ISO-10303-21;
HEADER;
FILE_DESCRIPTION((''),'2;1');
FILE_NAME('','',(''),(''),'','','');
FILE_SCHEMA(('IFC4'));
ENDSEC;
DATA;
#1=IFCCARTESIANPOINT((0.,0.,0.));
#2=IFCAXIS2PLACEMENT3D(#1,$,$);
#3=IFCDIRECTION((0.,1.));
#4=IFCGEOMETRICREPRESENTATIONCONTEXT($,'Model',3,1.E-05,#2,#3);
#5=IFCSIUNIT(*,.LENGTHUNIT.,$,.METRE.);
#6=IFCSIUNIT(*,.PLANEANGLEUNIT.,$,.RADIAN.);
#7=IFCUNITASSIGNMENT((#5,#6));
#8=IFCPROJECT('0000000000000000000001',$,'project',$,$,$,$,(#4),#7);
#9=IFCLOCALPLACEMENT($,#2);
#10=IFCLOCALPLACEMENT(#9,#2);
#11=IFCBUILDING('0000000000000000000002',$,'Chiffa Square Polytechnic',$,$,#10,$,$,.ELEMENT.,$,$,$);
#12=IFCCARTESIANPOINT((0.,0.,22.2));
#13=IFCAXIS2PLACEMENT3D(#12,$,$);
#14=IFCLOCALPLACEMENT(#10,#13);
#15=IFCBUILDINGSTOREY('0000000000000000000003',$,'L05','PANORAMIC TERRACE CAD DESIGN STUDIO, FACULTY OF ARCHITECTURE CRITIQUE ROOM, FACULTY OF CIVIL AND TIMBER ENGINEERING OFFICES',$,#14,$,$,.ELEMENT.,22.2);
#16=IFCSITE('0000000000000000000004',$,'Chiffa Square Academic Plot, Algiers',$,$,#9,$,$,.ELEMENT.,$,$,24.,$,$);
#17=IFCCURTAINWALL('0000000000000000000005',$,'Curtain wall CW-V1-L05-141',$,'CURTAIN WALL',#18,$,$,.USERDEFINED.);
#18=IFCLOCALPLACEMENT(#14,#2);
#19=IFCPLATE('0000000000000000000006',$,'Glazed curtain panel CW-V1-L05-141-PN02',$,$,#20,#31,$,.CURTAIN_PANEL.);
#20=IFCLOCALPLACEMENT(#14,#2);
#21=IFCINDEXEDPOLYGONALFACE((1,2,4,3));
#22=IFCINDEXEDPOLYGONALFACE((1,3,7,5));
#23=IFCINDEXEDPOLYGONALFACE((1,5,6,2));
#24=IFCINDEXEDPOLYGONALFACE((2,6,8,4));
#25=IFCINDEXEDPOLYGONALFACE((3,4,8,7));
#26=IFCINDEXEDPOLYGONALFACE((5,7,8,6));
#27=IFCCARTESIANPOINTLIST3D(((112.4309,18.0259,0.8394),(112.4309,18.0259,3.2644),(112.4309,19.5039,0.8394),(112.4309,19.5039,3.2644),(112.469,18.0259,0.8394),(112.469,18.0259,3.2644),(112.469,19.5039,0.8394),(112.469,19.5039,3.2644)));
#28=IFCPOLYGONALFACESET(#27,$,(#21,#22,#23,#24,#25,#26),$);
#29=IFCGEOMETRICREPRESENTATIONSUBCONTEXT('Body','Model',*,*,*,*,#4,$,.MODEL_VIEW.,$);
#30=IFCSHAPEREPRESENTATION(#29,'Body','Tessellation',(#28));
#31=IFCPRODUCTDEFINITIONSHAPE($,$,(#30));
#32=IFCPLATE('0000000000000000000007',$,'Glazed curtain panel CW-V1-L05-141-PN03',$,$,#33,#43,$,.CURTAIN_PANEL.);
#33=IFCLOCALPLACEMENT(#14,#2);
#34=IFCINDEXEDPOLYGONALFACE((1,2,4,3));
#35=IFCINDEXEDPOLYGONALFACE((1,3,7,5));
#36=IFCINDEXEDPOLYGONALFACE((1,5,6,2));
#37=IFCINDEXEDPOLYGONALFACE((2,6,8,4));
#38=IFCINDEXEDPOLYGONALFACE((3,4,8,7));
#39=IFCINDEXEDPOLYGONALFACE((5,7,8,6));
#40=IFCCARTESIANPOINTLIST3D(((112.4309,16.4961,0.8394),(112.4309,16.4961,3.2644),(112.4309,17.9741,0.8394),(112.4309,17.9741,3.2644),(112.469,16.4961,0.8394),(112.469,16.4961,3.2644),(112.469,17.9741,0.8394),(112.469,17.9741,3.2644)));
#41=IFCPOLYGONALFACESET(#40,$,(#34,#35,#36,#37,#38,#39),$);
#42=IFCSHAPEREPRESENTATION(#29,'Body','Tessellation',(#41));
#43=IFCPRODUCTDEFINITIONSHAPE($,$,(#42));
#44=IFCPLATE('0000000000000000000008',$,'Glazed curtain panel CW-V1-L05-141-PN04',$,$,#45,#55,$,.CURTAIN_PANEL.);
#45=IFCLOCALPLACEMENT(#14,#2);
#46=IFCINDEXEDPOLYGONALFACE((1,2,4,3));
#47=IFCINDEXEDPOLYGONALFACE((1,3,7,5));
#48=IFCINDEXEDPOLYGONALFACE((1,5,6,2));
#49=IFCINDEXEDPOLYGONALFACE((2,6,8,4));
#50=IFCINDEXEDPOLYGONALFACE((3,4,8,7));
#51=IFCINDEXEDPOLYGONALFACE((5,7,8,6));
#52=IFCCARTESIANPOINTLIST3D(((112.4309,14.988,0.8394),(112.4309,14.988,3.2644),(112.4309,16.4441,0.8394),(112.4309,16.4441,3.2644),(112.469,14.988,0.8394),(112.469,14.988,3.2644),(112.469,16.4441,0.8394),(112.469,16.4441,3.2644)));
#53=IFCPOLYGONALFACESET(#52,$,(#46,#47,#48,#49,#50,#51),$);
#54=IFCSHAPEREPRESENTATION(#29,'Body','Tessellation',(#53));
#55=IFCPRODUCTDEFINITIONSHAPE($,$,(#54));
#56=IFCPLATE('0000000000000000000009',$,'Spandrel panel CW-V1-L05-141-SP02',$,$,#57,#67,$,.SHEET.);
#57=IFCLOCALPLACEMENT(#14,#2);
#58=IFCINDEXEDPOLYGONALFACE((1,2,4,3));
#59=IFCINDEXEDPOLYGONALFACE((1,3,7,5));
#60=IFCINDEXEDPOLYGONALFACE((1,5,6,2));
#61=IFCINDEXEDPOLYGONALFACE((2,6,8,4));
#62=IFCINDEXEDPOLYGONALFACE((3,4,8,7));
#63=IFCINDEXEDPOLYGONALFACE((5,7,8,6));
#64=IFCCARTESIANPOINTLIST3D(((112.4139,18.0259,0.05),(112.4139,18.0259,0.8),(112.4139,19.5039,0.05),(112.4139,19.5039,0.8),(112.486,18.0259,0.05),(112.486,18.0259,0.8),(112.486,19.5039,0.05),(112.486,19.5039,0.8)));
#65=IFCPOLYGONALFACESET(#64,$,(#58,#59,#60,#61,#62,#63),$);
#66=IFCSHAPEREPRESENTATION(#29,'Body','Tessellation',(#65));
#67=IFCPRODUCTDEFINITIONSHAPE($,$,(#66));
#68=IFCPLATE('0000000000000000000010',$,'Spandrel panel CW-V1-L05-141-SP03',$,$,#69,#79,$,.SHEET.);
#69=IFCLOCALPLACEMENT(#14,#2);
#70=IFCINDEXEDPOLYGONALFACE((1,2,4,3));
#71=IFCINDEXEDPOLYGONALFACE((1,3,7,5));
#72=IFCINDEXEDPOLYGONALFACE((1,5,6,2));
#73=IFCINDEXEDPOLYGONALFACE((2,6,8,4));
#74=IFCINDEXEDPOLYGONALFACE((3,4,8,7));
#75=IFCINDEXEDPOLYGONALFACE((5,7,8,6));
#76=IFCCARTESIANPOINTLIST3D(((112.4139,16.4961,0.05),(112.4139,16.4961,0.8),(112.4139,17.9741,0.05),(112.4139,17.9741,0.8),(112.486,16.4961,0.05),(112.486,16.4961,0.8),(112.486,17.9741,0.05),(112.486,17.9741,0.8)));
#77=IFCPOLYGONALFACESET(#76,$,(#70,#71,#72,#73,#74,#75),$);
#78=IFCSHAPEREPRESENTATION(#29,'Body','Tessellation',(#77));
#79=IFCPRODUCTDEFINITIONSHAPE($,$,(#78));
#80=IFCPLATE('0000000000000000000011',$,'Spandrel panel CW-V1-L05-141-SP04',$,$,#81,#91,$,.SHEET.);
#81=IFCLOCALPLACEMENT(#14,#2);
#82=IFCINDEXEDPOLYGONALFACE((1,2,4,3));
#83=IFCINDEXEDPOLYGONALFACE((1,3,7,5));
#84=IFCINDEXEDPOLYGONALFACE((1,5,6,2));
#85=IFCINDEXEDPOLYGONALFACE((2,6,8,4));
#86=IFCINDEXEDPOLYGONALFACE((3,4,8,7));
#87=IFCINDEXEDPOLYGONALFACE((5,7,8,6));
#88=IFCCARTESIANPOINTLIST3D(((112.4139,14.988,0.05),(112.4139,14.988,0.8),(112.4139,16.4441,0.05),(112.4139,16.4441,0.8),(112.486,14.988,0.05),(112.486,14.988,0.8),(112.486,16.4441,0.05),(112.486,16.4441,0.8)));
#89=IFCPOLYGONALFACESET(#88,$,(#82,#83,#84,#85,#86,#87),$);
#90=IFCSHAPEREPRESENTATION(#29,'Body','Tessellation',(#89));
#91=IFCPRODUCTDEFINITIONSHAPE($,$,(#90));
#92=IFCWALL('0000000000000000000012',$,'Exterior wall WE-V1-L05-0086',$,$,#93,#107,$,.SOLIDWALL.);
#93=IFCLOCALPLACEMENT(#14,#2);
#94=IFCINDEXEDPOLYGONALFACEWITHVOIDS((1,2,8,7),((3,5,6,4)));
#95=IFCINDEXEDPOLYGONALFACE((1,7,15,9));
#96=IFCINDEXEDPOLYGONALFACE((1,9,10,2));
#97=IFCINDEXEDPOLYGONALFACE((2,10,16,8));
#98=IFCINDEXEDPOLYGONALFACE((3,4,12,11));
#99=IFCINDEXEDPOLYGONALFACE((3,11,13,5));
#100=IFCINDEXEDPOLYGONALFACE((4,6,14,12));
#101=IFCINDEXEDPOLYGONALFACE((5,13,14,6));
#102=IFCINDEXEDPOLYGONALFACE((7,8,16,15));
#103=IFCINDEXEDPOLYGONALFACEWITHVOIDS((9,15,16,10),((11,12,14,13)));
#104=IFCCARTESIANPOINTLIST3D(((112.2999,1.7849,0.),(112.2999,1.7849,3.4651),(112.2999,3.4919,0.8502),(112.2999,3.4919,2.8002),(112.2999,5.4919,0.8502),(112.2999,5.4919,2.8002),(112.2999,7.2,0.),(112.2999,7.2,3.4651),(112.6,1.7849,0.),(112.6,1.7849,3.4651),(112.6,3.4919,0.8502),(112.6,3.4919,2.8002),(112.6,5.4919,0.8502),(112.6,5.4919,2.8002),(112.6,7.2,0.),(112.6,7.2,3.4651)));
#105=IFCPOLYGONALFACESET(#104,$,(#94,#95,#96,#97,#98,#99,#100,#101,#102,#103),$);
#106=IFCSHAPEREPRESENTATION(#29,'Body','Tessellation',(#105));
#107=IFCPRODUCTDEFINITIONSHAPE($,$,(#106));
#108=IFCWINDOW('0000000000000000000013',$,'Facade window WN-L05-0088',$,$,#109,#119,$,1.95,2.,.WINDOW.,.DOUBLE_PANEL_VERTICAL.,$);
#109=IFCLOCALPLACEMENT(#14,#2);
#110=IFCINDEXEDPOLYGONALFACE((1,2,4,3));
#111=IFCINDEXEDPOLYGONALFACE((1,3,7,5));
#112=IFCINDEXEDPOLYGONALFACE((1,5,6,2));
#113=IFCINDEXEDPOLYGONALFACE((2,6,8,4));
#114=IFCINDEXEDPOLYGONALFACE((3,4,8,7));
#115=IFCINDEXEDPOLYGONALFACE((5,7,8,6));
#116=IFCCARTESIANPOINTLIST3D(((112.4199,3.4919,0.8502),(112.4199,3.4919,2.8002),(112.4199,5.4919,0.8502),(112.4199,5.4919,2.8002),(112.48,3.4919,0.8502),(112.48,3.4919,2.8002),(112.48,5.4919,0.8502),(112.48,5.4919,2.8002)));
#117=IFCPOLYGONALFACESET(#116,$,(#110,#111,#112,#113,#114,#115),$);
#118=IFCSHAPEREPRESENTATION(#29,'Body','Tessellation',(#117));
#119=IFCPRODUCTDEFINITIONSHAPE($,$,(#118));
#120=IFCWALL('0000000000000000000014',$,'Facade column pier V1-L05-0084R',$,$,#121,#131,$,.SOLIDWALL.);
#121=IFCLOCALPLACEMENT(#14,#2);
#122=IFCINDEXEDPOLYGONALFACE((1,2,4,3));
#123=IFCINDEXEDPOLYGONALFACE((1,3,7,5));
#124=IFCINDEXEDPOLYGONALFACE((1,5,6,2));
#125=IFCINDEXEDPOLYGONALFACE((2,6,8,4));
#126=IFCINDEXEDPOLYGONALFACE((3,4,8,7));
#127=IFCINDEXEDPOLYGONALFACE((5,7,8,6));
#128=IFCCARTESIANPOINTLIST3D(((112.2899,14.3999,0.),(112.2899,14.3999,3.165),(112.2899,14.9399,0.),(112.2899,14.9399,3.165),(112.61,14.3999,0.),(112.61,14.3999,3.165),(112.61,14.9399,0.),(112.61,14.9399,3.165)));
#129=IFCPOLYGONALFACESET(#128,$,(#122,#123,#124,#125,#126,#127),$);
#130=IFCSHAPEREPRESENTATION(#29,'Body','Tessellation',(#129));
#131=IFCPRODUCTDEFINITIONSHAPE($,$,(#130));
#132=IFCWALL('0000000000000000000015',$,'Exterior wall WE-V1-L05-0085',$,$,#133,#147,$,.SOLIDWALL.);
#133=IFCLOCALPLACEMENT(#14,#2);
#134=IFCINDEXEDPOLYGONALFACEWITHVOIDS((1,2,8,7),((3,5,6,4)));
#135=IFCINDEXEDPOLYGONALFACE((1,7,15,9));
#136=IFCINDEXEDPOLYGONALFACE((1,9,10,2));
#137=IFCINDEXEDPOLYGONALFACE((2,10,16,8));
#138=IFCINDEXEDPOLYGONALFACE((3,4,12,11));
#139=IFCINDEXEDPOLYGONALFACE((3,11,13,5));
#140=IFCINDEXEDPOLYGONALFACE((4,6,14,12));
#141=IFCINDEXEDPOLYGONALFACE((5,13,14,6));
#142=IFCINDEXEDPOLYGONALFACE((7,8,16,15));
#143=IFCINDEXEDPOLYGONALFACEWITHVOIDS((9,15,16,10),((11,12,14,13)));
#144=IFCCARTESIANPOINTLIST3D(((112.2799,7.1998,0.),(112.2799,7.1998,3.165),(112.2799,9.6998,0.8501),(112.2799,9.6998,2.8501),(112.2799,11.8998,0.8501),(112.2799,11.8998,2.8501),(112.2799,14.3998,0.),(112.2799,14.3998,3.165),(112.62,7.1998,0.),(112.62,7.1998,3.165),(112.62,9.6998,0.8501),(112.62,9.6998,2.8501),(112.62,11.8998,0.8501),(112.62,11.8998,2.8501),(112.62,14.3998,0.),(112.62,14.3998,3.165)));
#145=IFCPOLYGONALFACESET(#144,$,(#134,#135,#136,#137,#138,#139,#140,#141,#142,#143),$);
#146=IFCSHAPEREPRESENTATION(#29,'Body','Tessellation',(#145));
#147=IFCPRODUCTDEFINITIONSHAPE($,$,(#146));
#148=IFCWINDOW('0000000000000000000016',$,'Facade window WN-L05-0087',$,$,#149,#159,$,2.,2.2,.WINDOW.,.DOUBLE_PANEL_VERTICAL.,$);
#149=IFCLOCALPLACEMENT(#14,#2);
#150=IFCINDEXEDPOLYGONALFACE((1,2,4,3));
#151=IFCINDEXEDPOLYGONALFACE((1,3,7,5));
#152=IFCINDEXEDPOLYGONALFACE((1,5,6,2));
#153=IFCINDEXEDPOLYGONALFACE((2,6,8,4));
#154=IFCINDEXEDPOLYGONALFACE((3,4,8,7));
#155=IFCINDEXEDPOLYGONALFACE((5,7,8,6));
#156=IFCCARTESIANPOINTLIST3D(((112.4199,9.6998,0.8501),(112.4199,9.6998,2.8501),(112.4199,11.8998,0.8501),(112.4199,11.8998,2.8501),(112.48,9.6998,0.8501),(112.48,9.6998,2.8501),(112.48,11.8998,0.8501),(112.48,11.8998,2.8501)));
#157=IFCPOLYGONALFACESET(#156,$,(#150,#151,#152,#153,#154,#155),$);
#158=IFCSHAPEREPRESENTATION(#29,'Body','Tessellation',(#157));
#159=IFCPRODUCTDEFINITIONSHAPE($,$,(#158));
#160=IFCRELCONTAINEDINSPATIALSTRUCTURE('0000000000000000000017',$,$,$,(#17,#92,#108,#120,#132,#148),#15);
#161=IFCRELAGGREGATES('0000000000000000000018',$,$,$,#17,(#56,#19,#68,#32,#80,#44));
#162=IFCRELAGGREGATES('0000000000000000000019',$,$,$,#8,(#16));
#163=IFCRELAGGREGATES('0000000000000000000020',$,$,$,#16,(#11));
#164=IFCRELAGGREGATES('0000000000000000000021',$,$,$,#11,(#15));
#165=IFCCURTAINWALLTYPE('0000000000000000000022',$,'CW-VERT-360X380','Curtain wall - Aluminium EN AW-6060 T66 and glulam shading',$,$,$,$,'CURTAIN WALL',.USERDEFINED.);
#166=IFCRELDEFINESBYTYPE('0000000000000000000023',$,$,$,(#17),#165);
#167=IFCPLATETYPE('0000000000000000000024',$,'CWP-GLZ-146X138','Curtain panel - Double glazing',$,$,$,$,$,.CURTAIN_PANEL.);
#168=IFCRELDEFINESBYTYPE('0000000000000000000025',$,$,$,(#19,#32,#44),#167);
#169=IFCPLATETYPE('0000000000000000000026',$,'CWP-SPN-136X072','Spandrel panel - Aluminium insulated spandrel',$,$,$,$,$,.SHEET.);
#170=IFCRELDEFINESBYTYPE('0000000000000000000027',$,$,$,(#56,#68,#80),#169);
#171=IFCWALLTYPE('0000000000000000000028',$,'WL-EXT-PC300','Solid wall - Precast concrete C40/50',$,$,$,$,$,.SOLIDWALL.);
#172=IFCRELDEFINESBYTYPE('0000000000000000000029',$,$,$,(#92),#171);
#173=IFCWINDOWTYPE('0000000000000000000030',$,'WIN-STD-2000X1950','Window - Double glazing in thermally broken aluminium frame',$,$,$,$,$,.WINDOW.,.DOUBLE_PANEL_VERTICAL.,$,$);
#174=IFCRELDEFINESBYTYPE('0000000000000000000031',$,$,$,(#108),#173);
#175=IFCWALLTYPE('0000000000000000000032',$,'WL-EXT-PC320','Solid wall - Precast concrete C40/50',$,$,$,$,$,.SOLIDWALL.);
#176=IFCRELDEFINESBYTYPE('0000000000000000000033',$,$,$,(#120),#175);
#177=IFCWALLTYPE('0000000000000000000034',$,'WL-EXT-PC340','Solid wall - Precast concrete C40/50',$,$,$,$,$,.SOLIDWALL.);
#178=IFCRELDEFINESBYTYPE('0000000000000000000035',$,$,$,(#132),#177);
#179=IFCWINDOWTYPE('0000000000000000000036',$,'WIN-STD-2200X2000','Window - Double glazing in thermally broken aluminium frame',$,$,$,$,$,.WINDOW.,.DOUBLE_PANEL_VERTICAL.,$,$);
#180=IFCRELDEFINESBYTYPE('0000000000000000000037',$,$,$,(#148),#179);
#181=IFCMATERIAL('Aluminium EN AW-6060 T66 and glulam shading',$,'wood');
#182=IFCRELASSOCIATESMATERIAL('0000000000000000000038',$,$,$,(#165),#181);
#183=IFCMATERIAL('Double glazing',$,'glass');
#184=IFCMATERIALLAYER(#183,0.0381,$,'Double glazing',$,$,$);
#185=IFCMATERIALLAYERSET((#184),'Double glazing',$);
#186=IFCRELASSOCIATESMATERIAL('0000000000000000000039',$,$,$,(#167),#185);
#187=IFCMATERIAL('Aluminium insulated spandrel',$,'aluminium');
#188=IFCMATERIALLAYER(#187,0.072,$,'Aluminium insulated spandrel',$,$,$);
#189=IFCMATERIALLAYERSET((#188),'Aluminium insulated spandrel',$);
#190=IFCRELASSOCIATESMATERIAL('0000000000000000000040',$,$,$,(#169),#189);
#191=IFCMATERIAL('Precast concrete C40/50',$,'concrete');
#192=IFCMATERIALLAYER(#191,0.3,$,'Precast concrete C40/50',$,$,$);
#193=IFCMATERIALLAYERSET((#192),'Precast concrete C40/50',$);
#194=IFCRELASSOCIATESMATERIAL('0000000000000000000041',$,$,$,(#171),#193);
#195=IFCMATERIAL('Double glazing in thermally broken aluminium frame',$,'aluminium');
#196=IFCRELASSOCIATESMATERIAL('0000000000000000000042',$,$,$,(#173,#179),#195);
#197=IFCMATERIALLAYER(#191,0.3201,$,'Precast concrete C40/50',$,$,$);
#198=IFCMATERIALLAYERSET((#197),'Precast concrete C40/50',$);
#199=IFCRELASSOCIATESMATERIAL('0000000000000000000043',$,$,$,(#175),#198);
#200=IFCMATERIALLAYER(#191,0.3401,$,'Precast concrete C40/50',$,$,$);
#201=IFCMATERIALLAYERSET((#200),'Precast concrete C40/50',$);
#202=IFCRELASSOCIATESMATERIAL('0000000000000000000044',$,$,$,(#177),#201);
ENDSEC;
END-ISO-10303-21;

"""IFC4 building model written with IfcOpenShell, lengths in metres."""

from ifc_helpers import new_model, si_unit, direction, frame, frame_2d, origin, origin_2d, place, context, subcontext, project, spatial, rectangle, extrude, material, layer, layer_set, type_object, element, fill, aggregate, save


model = new_model("IFC4")

# Units and contexts
model_context = context("Model", 3, precision=1e-05, world=origin(), true_north=direction((0.0, 1.0)))
body_context = subcontext(model_context, "Body", "Model", "MODEL_VIEW")
ifc_project = project(units=[si_unit("LENGTHUNIT", "METRE"), si_unit("PLANEANGLEUNIT", "RADIAN")], contexts=[model_context])

# Site, building, storey
site_placement = place(None, origin())
site = spatial("IfcSite", under=ifc_project, at=site_placement, Name="Chiffa Square Academic Plot, Algiers", CompositionType="ELEMENT", RefElevation=24.0)
building_placement = place(site_placement, origin())
building = spatial("IfcBuilding", under=site, at=building_placement, Name="Chiffa Square Polytechnic", CompositionType="ELEMENT")
storey_placement = place(building_placement, frame((0.0, 0.0, 22.2)))
storey = spatial("IfcBuildingStorey", under=building, at=storey_placement, Name="L05", Description="PANORAMIC TERRACE CAD DESIGN STUDIO, FACULTY OF ARCHITECTURE CRITIQUE ROOM, FACULTY OF CIVIL AND TIMBER ENGINEERING OFFICES", CompositionType="ELEMENT", Elevation=22.2)

# Curtain wall, plates
ifc_material_1 = material(Name="Aluminium EN AW-6060 T66 and glulam shading", Category="wood")
curtain_wall_type = type_object("IfcCurtainWallType", Name="CW-VERT-360X380", Description="Curtain wall - Aluminium EN AW-6060 T66 and glulam shading", ElementType="CURTAIN WALL", PredefinedType="USERDEFINED", material=ifc_material_1)
curtain_wall_placement = place(storey_placement, origin())
curtain_wall = element("IfcCurtainWall", 1, at=curtain_wall_placement, inside=storey, type_object=curtain_wall_type, Name="Curtain wall CW-V1-L05-141", ObjectType="CURTAIN WALL", PredefinedType="USERDEFINED")
ifc_material_2 = material(Name="Double glazing", Category="glass")
ifc_layer_1 = layer(ifc_material_2, 0.0381, Name="Double glazing")
ifc_layer_set_1 = layer_set([ifc_layer_1], Name="Double glazing")
plate_type_1 = type_object("IfcPlateType", Name="CWP-GLZ-146X138", Description="Curtain panel - Double glazing", PredefinedType="CURTAIN_PANEL", material=ifc_layer_set_1)
plate_1_placement = place(storey_placement, frame((112.45, 18.7649, 0.8394), z_axis=(0.0, 0.0, 1.0), x_axis=(0.0, -1.0, 0.0)))
plate_1 = element("IfcPlate", 2, at=plate_1_placement, type_object=plate_type_1, Name="Glazed curtain panel CW-V1-L05-141-PN02", PredefinedType="CURTAIN_PANEL", context=body_context, shape_type="SweptSolid", body=[
    extrude(rectangle(XDim=1.478, YDim=0.0381, at=origin_2d()), origin(), (0.0, 0.0, 1.0), 2.425),
])
plate_2_placement = place(storey_placement, frame((112.45, 17.2351, 0.8394), z_axis=(0.0, 0.0, 1.0), x_axis=(0.0, -1.0, 0.0)))
plate_2 = element("IfcPlate", 3, at=plate_2_placement, type_object=plate_type_1, Name="Glazed curtain panel CW-V1-L05-141-PN03", PredefinedType="CURTAIN_PANEL", context=body_context, shape_type="SweptSolid", body=[
    extrude(rectangle(XDim=1.478, YDim=0.0381, at=origin_2d()), origin(), (0.0, 0.0, 1.0), 2.425),
])
plate_3_placement = place(storey_placement, frame((112.45, 15.7161, 0.8394), z_axis=(0.0, 0.0, 1.0), x_axis=(0.0, -1.0, 0.0)))
plate_3 = element("IfcPlate", 4, at=plate_3_placement, type_object=plate_type_1, Name="Glazed curtain panel CW-V1-L05-141-PN04", PredefinedType="CURTAIN_PANEL", context=body_context, shape_type="SweptSolid", body=[
    extrude(rectangle(XDim=1.4561, YDim=0.0381, at=origin_2d()), origin(), (0.0, 0.0, 1.0), 2.425),
])
ifc_material_3 = material(Name="Aluminium insulated spandrel", Category="aluminium")
ifc_layer_2 = layer(ifc_material_3, 0.072, Name="Aluminium insulated spandrel")
ifc_layer_set_2 = layer_set([ifc_layer_2], Name="Aluminium insulated spandrel")
plate_type_2 = type_object("IfcPlateType", Name="CWP-SPN-136X072", Description="Spandrel panel - Aluminium insulated spandrel", PredefinedType="SHEET", material=ifc_layer_set_2)
plate_4_placement = place(storey_placement, frame((112.45, 18.7649, 0.05), z_axis=(0.0, 0.0, 1.0), x_axis=(0.0, -1.0, 0.0)))
plate_4 = element("IfcPlate", 5, at=plate_4_placement, type_object=plate_type_2, Name="Spandrel panel CW-V1-L05-141-SP02", PredefinedType="SHEET", context=body_context, shape_type="SweptSolid", body=[
    extrude(rectangle(XDim=1.478, YDim=0.072, at=origin_2d()), origin(), (0.0, 0.0, 1.0), 0.75),
])
plate_5_placement = place(storey_placement, frame((112.45, 17.2351, 0.05), z_axis=(0.0, 0.0, 1.0), x_axis=(0.0, -1.0, 0.0)))
plate_5 = element("IfcPlate", 6, at=plate_5_placement, type_object=plate_type_2, Name="Spandrel panel CW-V1-L05-141-SP03", PredefinedType="SHEET", context=body_context, shape_type="SweptSolid", body=[
    extrude(rectangle(XDim=1.478, YDim=0.072, at=origin_2d()), origin(), (0.0, 0.0, 1.0), 0.75),
])
plate_6_placement = place(storey_placement, frame((112.45, 15.7161, 0.05), z_axis=(0.0, 0.0, 1.0), x_axis=(0.0, -1.0, 0.0)))
plate_6 = element("IfcPlate", 7, at=plate_6_placement, type_object=plate_type_2, Name="Spandrel panel CW-V1-L05-141-SP04", PredefinedType="SHEET", context=body_context, shape_type="SweptSolid", body=[
    extrude(rectangle(XDim=1.4561, YDim=0.072, at=origin_2d()), origin(), (0.0, 0.0, 1.0), 0.75),
])
aggregate(curtain_wall, [plate_4, plate_1, plate_5, plate_2, plate_6, plate_3])

# Wall, opening, window
ifc_material_4 = material(Name="Precast concrete C40/50", Category="concrete")
ifc_layer_3 = layer(ifc_material_4, 0.3, Name="Precast concrete C40/50")
ifc_layer_set_3 = layer_set([ifc_layer_3], Name="Precast concrete C40/50")
wall_type_1 = type_object("IfcWallType", Name="WL-EXT-PC300", Description="Solid wall - Precast concrete C40/50", PredefinedType="SOLIDWALL", material=ifc_layer_set_3)
wall_1_placement = place(storey_placement, frame((112.45, 7.2, 0.0), z_axis=(0.0, 0.0, 1.0), x_axis=(0.0, -1.0, 0.0)))
wall_1 = element("IfcWall", 8, at=wall_1_placement, inside=storey, type_object=wall_type_1, Name="Exterior wall WE-V1-L05-0086", PredefinedType="SOLIDWALL", context=body_context, shape_type="SweptSolid", body=[
    extrude(rectangle(XDim=5.415, YDim=0.3, at=frame_2d((2.7075, 0.0))), origin(), (0.0, 0.0, 1.0), 3.4651),
])
opening_1_placement = place(wall_1_placement, frame((1.708, 0.0, 0.8501)))
opening_1 = element("IfcOpeningElement", 9, at=opening_1_placement, cuts=wall_1, PredefinedType="OPENING", context=body_context, shape_type="SweptSolid", body=[
    extrude(rectangle(XDim=2.0, YDim=1.95, at=frame_2d((1.0, 0.9751))), frame((0.0, 0.1602, 0.0), z_axis=(0.0, -1.0, 0.0), x_axis=(1.0, 0.0, 0.0)), (0.0, 0.0, 1.0), 0.3201),
])
ifc_material_5 = material(Name="Double glazing in thermally broken aluminium frame", Category="aluminium")
window_type_1 = type_object("IfcWindowType", Name="WIN-STD-2000X1950", Description="Window - Double glazing in thermally broken aluminium frame", PartitioningType="DOUBLE_PANEL_VERTICAL", PredefinedType="WINDOW", material=ifc_material_5)
window_1_placement = place(opening_1_placement, origin())
window_1 = element("IfcWindow", 10, at=window_1_placement, inside=storey, type_object=window_type_1, Name="Facade window WN-L05-0088", OverallHeight=1.95, OverallWidth=2.0, PartitioningType="DOUBLE_PANEL_VERTICAL", PredefinedType="WINDOW", context=body_context, shape_type="SweptSolid", body=[
    extrude(rectangle(XDim=2.0, YDim=1.95, at=frame_2d((1.0, 0.9751))), frame((0.0, 0.03, 0.0), z_axis=(0.0, -1.0, 0.0), x_axis=(1.0, 0.0, 0.0)), (0.0, 0.0, 1.0), 0.0601),
])
fill(opening_1, window_1)

# Wall
ifc_layer_4 = layer(ifc_material_4, 0.3201, Name="Precast concrete C40/50")
ifc_layer_set_4 = layer_set([ifc_layer_4], Name="Precast concrete C40/50")
wall_type_2 = type_object("IfcWallType", Name="WL-EXT-PC320", Description="Solid wall - Precast concrete C40/50", PredefinedType="SOLIDWALL", material=ifc_layer_set_4)
wall_2_placement = place(storey_placement, frame((112.45, 14.9399, 0.0), z_axis=(0.0, 0.0, 1.0), x_axis=(0.0, -1.0, 0.0)))
element("IfcWall", 11, at=wall_2_placement, inside=storey, type_object=wall_type_2, Name="Facade column pier V1-L05-0084R", PredefinedType="SOLIDWALL", context=body_context, shape_type="SweptSolid", body=[
    extrude(rectangle(XDim=0.54, YDim=0.3201, at=frame_2d((0.27, 0.0))), origin(), (0.0, 0.0, 1.0), 3.165),
])

# Wall, opening, window
ifc_layer_5 = layer(ifc_material_4, 0.3401, Name="Precast concrete C40/50")
ifc_layer_set_5 = layer_set([ifc_layer_5], Name="Precast concrete C40/50")
wall_type_3 = type_object("IfcWallType", Name="WL-EXT-PC340", Description="Solid wall - Precast concrete C40/50", PredefinedType="SOLIDWALL", material=ifc_layer_set_5)
wall_3_placement = place(storey_placement, frame((112.45, 14.3999, 0.0), z_axis=(0.0, 0.0, 1.0), x_axis=(0.0, -1.0, 0.0)))
wall_3 = element("IfcWall", 12, at=wall_3_placement, inside=storey, type_object=wall_type_3, Name="Exterior wall WE-V1-L05-0085", PredefinedType="SOLIDWALL", context=body_context, shape_type="SweptSolid", body=[
    extrude(rectangle(XDim=7.2, YDim=0.3401, at=frame_2d((3.6001, 0.0))), origin(), (0.0, 0.0, 1.0), 3.165),
])
opening_2_placement = place(wall_3_placement, frame((2.5, 0.0, 0.8501)))
opening_2 = element("IfcOpeningElement", 13, at=opening_2_placement, cuts=wall_3, PredefinedType="OPENING", context=body_context, shape_type="SweptSolid", body=[
    extrude(rectangle(XDim=2.2, YDim=2.0, at=frame_2d((1.1001, 1.0))), frame((0.0, 0.1802, 0.0), z_axis=(0.0, -1.0, 0.0), x_axis=(1.0, 0.0, 0.0)), (0.0, 0.0, 1.0), 0.3601),
])
window_type_2 = type_object("IfcWindowType", Name="WIN-STD-2200X2000", Description="Window - Double glazing in thermally broken aluminium frame", PartitioningType="DOUBLE_PANEL_VERTICAL", PredefinedType="WINDOW", material=ifc_material_5)
window_2_placement = place(opening_2_placement, origin())
window_2 = element("IfcWindow", 14, at=window_2_placement, inside=storey, type_object=window_type_2, Name="Facade window WN-L05-0087", OverallHeight=2.0, OverallWidth=2.2, PartitioningType="DOUBLE_PANEL_VERTICAL", PredefinedType="WINDOW", context=body_context, shape_type="SweptSolid", body=[
    extrude(rectangle(XDim=2.2, YDim=2.0, at=frame_2d((1.1001, 1.0))), frame((0.0, 0.03, 0.0), z_axis=(0.0, -1.0, 0.0), x_axis=(1.0, 0.0, 0.0)), (0.0, 0.0, 1.0), 0.0601),
])
fill(opening_2, window_2)

save(model, "model.ifc")
